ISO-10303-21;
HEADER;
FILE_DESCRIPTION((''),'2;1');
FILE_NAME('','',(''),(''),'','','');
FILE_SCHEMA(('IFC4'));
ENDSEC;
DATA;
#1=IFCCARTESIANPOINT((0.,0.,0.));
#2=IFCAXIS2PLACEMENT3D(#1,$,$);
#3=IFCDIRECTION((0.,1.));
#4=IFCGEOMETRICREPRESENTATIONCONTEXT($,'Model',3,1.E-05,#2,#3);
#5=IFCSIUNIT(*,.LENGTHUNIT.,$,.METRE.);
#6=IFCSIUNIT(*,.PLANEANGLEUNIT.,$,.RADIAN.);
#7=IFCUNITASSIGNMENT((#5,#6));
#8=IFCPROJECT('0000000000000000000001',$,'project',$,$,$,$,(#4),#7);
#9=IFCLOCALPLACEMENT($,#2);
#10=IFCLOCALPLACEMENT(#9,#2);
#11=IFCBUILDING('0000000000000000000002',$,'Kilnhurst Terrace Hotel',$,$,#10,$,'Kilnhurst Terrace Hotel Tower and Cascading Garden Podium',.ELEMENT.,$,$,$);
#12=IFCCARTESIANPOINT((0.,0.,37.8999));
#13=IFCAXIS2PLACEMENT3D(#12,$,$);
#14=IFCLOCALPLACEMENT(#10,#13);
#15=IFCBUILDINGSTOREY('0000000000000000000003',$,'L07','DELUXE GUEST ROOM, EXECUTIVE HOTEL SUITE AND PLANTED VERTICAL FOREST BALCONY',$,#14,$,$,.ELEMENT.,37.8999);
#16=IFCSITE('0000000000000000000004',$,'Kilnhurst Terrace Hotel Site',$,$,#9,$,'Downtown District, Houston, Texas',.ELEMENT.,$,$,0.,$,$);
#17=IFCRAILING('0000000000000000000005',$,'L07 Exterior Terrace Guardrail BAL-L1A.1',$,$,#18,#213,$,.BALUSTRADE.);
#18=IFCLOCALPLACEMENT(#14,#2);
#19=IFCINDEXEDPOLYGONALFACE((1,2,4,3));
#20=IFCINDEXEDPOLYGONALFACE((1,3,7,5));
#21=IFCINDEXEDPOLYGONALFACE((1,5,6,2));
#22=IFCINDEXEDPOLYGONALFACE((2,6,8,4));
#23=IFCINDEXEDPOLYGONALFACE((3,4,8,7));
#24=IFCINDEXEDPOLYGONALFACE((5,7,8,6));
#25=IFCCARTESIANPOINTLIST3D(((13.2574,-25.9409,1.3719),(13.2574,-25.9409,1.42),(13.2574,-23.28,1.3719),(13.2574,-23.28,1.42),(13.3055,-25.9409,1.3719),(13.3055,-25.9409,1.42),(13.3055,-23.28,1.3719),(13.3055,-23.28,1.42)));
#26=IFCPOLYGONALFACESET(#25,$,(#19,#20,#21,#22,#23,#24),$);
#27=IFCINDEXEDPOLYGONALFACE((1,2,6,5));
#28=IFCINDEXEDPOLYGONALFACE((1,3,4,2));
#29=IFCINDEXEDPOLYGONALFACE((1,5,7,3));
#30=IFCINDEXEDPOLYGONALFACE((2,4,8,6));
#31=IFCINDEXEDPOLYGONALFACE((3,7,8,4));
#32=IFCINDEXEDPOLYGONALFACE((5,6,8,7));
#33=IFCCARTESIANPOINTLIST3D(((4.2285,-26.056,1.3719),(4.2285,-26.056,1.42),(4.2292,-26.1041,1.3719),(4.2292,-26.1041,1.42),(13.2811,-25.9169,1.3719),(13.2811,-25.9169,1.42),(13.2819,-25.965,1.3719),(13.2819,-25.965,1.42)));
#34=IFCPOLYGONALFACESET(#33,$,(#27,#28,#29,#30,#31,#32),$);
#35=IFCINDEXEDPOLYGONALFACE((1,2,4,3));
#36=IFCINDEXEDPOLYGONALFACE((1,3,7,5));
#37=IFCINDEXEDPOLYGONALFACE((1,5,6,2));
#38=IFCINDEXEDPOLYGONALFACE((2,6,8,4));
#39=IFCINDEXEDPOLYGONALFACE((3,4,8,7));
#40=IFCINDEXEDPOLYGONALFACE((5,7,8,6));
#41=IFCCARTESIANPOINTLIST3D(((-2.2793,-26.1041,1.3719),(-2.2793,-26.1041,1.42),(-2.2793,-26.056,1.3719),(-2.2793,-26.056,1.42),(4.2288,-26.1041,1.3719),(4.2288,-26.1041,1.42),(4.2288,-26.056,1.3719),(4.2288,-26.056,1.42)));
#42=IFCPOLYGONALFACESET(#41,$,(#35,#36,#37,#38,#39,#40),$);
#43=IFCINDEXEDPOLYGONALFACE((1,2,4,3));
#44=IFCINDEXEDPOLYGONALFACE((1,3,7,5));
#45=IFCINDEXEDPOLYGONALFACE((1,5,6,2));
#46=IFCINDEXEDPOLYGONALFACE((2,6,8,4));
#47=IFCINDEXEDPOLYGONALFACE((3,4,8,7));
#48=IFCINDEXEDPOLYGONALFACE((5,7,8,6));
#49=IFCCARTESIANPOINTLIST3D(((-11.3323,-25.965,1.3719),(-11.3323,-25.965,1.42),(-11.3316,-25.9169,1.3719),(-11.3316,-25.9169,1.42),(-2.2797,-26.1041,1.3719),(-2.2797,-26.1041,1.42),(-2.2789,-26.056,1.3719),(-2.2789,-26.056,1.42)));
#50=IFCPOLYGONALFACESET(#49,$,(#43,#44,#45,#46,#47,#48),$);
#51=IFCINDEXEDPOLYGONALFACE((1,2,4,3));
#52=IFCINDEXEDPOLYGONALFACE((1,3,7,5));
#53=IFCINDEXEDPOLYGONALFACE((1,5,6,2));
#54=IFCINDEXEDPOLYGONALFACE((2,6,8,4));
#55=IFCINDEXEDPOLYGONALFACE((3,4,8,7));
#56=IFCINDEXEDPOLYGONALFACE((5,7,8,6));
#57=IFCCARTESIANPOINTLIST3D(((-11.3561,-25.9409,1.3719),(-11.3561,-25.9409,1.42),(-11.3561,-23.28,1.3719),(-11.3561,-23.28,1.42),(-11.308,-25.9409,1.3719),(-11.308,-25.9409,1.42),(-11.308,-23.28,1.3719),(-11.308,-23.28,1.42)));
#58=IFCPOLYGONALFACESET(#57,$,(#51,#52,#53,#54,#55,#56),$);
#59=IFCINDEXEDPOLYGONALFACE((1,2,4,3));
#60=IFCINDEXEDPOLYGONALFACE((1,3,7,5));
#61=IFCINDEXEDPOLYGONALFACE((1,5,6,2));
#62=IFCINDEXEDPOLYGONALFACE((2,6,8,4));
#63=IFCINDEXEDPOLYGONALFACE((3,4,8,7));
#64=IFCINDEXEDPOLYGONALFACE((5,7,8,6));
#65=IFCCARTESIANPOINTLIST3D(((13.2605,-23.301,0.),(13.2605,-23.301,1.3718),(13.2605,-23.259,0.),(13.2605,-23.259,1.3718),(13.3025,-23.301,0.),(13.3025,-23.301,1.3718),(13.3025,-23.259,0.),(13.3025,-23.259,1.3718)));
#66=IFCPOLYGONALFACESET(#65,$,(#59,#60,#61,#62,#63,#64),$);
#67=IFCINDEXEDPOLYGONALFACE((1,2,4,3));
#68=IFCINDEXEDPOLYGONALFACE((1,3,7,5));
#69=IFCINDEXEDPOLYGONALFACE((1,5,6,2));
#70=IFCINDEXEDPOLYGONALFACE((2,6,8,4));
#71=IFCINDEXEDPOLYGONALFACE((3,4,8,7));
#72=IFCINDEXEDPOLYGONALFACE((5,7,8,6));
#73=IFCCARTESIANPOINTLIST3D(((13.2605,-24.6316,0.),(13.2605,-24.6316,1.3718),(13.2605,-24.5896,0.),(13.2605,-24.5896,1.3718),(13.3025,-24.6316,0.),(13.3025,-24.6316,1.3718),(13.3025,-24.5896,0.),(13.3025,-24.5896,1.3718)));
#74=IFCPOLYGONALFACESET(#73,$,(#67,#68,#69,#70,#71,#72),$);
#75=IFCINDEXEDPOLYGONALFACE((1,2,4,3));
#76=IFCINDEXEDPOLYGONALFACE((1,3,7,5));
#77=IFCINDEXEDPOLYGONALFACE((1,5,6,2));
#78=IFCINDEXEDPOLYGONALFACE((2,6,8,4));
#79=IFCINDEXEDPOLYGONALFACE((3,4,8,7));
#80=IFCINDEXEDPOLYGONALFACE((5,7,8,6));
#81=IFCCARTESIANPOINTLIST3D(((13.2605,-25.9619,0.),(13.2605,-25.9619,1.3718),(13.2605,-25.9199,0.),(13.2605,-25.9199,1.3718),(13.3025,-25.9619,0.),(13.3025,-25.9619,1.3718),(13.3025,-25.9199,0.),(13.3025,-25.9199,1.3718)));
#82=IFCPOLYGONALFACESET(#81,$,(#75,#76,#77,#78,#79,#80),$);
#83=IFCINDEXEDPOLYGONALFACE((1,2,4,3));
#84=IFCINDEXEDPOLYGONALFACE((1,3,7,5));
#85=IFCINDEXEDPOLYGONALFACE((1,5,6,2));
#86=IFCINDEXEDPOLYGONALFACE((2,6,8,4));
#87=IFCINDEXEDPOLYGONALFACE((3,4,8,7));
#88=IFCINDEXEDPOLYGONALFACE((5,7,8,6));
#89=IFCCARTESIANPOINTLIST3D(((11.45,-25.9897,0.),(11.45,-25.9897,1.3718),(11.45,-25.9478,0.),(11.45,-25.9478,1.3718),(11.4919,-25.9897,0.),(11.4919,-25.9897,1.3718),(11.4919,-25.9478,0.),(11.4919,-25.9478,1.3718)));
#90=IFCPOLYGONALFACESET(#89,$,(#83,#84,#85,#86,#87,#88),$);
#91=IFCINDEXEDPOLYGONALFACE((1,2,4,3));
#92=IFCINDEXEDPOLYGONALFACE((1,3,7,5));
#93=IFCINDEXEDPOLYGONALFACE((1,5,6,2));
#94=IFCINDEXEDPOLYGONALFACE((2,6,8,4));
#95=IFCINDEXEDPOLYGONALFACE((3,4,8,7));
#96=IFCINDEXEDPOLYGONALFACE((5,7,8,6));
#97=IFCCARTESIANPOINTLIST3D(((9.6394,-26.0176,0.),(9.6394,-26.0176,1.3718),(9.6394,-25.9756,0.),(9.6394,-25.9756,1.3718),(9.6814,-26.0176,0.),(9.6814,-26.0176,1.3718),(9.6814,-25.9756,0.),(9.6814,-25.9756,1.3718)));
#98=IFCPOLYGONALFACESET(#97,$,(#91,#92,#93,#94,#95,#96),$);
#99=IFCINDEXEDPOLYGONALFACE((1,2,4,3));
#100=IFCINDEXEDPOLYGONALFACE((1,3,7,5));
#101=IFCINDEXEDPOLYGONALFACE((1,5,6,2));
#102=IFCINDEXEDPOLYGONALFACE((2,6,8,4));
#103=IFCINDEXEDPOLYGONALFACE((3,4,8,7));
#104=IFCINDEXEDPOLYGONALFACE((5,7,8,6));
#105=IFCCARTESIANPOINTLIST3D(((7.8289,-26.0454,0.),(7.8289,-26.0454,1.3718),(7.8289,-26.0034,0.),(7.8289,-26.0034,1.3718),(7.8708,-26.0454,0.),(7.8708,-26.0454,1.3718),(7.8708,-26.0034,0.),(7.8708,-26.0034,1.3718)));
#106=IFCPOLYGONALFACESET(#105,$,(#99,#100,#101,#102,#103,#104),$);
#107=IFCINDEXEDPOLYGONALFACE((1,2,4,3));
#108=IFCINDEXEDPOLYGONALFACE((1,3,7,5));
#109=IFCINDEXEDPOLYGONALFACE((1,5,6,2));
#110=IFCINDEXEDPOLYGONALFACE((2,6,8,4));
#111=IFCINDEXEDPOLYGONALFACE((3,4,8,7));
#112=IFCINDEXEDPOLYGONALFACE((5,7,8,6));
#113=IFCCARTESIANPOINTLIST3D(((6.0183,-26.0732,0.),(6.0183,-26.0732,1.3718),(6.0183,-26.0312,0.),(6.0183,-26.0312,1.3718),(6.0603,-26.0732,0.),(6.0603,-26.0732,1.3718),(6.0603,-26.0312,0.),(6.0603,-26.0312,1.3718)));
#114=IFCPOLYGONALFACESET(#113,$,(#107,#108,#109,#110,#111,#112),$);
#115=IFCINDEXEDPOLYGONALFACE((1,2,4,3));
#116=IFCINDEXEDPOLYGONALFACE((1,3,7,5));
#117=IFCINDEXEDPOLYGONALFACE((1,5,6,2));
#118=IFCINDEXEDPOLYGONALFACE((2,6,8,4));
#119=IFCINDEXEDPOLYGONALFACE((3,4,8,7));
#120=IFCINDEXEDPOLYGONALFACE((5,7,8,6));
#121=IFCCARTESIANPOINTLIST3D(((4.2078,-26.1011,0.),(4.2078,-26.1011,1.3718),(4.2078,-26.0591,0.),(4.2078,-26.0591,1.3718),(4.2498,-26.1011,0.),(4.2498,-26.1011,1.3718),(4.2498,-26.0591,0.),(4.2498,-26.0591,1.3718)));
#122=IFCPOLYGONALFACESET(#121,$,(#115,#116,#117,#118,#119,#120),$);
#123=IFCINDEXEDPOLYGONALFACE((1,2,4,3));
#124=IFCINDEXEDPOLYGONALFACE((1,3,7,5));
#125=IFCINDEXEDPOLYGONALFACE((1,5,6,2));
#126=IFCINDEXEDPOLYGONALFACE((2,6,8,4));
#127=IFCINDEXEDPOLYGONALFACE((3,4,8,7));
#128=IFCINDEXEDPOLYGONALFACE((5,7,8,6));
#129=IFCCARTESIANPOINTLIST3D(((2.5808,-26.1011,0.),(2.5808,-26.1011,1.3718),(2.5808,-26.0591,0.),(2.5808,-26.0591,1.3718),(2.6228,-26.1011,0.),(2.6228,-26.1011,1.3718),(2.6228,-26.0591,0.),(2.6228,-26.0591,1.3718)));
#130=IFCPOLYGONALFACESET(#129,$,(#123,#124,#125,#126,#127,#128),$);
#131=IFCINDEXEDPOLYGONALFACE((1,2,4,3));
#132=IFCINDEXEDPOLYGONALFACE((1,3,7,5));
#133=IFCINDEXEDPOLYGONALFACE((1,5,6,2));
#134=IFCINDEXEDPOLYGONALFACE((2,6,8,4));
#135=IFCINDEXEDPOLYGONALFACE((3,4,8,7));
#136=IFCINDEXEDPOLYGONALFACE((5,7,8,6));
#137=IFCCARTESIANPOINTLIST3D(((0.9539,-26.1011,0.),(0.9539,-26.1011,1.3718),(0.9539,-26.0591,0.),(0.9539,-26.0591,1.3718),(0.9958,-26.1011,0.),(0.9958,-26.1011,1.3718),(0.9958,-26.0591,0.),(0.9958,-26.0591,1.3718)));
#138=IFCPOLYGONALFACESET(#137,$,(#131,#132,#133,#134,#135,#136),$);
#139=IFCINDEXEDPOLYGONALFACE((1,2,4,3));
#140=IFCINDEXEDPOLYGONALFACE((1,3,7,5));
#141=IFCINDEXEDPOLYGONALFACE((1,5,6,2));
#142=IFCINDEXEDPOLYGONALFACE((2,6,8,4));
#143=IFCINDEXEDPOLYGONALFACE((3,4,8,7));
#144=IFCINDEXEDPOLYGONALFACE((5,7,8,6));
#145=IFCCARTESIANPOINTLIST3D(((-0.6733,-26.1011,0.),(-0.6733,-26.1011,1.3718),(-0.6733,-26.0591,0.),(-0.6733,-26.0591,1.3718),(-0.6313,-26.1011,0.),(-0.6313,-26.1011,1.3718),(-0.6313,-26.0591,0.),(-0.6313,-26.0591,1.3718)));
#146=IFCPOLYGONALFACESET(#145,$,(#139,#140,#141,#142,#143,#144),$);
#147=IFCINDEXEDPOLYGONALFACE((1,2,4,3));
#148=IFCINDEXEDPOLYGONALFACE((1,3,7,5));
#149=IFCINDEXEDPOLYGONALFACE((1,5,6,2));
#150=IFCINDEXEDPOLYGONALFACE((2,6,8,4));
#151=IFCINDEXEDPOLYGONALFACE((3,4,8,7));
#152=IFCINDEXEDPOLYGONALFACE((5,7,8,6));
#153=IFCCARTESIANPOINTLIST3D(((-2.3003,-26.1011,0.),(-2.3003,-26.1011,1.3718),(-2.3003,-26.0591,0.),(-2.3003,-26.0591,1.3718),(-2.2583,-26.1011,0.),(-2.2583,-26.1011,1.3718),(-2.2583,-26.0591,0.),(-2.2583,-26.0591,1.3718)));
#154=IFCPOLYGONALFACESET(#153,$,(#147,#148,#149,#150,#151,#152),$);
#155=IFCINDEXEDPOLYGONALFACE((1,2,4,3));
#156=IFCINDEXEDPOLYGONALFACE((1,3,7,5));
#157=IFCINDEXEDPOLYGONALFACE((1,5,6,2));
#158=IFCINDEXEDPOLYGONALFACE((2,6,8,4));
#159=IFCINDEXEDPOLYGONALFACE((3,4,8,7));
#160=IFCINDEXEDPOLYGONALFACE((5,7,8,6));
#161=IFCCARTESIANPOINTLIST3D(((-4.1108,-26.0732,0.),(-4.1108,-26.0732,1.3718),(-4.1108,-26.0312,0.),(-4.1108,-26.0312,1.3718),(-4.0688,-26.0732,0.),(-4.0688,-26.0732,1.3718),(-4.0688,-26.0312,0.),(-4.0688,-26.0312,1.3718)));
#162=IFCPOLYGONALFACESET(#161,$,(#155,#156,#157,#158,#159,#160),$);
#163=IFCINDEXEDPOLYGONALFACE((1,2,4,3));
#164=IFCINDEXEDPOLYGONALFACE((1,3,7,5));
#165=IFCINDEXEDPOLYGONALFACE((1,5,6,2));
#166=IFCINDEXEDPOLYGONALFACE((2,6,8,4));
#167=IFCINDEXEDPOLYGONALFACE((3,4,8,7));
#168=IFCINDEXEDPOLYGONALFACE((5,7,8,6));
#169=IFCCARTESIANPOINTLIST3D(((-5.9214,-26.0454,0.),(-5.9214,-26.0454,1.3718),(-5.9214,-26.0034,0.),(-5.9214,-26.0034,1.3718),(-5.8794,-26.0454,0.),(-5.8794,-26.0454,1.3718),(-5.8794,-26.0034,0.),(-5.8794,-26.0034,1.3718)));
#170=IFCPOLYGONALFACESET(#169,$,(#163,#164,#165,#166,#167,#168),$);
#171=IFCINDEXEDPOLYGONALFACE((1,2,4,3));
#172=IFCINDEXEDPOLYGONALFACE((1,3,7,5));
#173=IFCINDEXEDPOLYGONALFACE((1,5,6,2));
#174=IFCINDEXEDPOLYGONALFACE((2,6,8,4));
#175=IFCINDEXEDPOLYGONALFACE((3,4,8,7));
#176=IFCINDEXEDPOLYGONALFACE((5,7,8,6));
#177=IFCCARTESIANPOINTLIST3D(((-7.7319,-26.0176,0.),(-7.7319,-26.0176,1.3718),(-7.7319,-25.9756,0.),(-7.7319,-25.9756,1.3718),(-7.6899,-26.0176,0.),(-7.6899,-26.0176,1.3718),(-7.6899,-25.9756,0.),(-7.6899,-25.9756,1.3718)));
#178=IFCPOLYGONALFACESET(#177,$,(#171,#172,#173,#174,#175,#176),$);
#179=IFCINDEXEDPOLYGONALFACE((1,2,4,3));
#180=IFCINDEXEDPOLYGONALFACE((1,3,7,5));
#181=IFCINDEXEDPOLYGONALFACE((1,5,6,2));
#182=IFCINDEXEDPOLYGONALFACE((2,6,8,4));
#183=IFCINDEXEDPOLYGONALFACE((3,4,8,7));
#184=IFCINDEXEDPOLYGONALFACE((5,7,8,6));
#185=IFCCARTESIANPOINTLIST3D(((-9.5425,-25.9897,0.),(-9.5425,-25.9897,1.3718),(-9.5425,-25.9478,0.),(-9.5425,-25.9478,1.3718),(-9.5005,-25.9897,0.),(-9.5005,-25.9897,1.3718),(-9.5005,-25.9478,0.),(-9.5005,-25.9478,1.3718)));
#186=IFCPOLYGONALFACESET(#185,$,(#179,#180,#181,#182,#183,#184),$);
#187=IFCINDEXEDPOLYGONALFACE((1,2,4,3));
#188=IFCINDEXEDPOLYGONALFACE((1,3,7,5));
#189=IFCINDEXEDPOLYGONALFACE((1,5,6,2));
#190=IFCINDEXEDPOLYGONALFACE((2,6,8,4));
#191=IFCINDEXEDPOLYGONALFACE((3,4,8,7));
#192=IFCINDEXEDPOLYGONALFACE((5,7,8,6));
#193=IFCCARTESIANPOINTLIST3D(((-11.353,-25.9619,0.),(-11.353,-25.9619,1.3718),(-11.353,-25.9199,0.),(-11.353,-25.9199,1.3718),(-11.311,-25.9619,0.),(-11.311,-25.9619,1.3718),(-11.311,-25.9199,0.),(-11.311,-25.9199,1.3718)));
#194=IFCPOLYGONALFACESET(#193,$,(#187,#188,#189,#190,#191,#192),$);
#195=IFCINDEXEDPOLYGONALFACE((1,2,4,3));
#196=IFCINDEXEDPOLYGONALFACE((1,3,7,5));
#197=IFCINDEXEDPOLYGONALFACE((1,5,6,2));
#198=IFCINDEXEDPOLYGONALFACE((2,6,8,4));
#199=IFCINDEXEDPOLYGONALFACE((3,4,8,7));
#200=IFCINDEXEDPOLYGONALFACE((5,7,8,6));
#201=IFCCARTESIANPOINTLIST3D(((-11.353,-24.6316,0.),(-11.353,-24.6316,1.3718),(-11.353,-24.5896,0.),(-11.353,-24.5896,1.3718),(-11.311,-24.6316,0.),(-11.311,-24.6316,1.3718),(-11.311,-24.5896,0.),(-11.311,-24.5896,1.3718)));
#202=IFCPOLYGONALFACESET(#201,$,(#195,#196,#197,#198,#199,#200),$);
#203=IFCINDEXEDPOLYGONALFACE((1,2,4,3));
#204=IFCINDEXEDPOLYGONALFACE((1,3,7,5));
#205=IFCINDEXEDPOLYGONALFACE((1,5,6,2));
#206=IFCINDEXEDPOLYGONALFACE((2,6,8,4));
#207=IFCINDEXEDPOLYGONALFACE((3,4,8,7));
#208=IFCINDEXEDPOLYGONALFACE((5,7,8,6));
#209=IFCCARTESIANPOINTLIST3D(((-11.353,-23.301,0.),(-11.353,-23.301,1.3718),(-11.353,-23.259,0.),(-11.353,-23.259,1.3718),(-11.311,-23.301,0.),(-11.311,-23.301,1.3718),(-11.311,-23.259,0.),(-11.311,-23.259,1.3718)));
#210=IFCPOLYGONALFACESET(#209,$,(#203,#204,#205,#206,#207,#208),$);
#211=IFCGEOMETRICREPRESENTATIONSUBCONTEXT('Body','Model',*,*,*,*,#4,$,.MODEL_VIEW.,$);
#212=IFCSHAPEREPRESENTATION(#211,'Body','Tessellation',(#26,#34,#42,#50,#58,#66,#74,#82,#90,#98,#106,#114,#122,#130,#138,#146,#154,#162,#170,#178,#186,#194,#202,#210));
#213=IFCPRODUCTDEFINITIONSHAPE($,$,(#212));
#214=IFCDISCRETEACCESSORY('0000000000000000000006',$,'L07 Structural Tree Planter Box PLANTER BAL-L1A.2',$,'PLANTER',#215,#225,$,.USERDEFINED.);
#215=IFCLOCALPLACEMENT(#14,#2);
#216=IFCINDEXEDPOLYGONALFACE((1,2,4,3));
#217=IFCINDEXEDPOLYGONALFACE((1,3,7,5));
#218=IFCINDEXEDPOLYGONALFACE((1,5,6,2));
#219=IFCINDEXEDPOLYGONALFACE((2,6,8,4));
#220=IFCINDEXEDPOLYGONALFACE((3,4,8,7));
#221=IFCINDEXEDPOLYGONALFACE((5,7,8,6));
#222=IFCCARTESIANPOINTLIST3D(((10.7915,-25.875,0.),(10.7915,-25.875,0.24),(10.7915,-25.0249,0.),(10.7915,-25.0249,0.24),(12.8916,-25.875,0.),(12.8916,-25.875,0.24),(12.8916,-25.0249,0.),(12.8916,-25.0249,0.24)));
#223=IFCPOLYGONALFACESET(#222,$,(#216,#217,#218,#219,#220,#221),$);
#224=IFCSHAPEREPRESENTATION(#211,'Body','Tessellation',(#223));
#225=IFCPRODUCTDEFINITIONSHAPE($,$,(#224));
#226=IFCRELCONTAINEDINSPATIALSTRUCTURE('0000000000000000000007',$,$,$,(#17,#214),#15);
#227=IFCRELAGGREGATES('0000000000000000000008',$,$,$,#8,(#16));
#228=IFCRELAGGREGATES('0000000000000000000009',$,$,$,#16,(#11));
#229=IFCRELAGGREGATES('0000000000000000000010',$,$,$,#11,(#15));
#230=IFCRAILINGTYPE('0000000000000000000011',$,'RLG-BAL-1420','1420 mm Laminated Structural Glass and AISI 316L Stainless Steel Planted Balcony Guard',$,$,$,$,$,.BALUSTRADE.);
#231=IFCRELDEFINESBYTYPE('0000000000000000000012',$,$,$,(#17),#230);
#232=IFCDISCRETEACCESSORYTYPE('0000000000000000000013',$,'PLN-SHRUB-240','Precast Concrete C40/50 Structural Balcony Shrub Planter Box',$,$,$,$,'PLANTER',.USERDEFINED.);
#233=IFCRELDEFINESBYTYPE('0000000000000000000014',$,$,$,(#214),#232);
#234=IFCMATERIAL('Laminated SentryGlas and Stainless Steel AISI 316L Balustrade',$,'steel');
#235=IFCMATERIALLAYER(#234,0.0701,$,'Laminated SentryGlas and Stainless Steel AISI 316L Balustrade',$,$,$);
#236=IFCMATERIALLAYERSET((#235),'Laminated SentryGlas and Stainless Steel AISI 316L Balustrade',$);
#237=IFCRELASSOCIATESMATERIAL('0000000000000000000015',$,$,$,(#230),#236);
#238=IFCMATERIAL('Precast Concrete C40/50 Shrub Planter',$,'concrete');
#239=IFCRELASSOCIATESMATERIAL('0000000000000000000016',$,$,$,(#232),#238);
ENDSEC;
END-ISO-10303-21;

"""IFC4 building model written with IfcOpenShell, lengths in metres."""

from ifc_helpers import new_model, si_unit, direction, frame, origin, origin_2d, place, context, subcontext, project, spatial, rectangle, extrude, material, layer, layer_set, type_object, element, save


model = new_model("IFC4")

# Units and contexts
model_context = context("Model", 3, precision=1e-05, world=origin(), true_north=direction((0.0, 1.0)))
body_context = subcontext(model_context, "Body", "Model", "MODEL_VIEW")
ifc_project = project(units=[si_unit("LENGTHUNIT", "METRE"), si_unit("PLANEANGLEUNIT", "RADIAN")], contexts=[model_context])

# Site, building, storey
site_placement = place(None, origin())
site = spatial("IfcSite", under=ifc_project, at=site_placement, Name="Kilnhurst Terrace Hotel Site", LongName="Downtown District, Houston, Texas", CompositionType="ELEMENT", RefElevation=0.0)
building_placement = place(site_placement, origin())
building = spatial("IfcBuilding", under=site, at=building_placement, Name="Kilnhurst Terrace Hotel", LongName="Kilnhurst Terrace Hotel Tower and Cascading Garden Podium", CompositionType="ELEMENT")
storey_placement = place(building_placement, frame((0.0, 0.0, 37.8999)))
storey = spatial("IfcBuildingStorey", under=building, at=storey_placement, Name="L07", Description="DELUXE GUEST ROOM, EXECUTIVE HOTEL SUITE AND PLANTED VERTICAL FOREST BALCONY", CompositionType="ELEMENT", Elevation=37.8999)

# Railing
ifc_material_1 = material(Name="Laminated SentryGlas and Stainless Steel AISI 316L Balustrade", Category="steel")
ifc_layer_1 = layer(ifc_material_1, 0.0701, Name="Laminated SentryGlas and Stainless Steel AISI 316L Balustrade")
ifc_layer_set_1 = layer_set([ifc_layer_1], Name="Laminated SentryGlas and Stainless Steel AISI 316L Balustrade")
railing_type = type_object("IfcRailingType", Name="RLG-BAL-1420", Description="1420 mm Laminated Structural Glass and AISI 316L Stainless Steel Planted Balcony Guard", PredefinedType="BALUSTRADE", material=ifc_layer_set_1)
railing_placement = place(storey_placement, frame((13.2815, -23.28, 0.0)))
element("IfcRailing", 1, at=railing_placement, inside=storey, type_object=railing_type, Name="L07 Exterior Terrace Guardrail BAL-L1A.1", PredefinedType="BALUSTRADE", context=body_context, shape_type="SweptSolid", body=[
    extrude(rectangle(XDim=0.0481, YDim=0.0481, at=origin_2d()), frame((0.0, 0.0, 1.396), z_axis=(0.0, -1.0, 0.0), x_axis=(1.0, 0.0, 0.0)), (0.0, 0.0, 1.0), 2.6609),
    extrude(rectangle(XDim=0.0481, YDim=0.0481, at=origin_2d()), frame((0.0, -2.6609, 1.396), z_axis=(-0.999882, -0.01537, 0.0), x_axis=(0.01537, -0.999882, 0.0)), (0.0, 0.0, 1.0), 9.0537),
    extrude(rectangle(XDim=0.0481, YDim=0.0481, at=origin_2d()), frame((-9.0527, -2.8, 1.396), z_axis=(-1.0, 0.0, 0.0), x_axis=(0.0, -1.0, 0.0)), (0.0, 0.0, 1.0), 6.5081),
    extrude(rectangle(XDim=0.0481, YDim=0.0481, at=origin_2d()), frame((-15.5608, -2.8, 1.396), z_axis=(-0.999882, 0.01537, 0.0), x_axis=(-0.01537, -0.999882, 0.0)), (0.0, 0.0, 1.0), 9.0537),
    extrude(rectangle(XDim=0.0481, YDim=0.0481, at=origin_2d()), frame((-24.6135, -2.6609, 1.396), z_axis=(0.0, 1.0, 0.0), x_axis=(-1.0, 0.0, 0.0)), (0.0, 0.0, 1.0), 2.6609),
    extrude(rectangle(XDim=0.042, YDim=0.042, at=origin_2d()), origin(), (0.0, 0.0, 1.0), 1.3718),
    extrude(rectangle(XDim=0.042, YDim=0.042, at=origin_2d()), frame((0.0, -1.3306, 0.0)), (0.0, 0.0, 1.0), 1.3718),
    extrude(rectangle(XDim=0.042, YDim=0.042, at=origin_2d()), frame((0.0, -2.6609, 0.0)), (0.0, 0.0, 1.0), 1.3718),
    extrude(rectangle(XDim=0.042, YDim=0.042, at=origin_2d()), frame((-1.8105, -2.6887, 0.0)), (0.0, 0.0, 1.0), 1.3718),
    extrude(rectangle(XDim=0.042, YDim=0.042, at=origin_2d()), frame((-3.6211, -2.7166, 0.0)), (0.0, 0.0, 1.0), 1.3718),
    extrude(rectangle(XDim=0.042, YDim=0.042, at=origin_2d()), frame((-5.4316, -2.7444, 0.0)), (0.0, 0.0, 1.0), 1.3718),
    extrude(rectangle(XDim=0.042, YDim=0.042, at=origin_2d()), frame((-7.2422, -2.7722, 0.0)), (0.0, 0.0, 1.0), 1.3718),
    extrude(rectangle(XDim=0.042, YDim=0.042, at=origin_2d()), frame((-9.0527, -2.8, 0.0)), (0.0, 0.0, 1.0), 1.3718),
    extrude(rectangle(XDim=0.042, YDim=0.042, at=origin_2d()), frame((-10.6797, -2.8, 0.0)), (0.0, 0.0, 1.0), 1.3718),
    extrude(rectangle(XDim=0.042, YDim=0.042, at=origin_2d()), frame((-12.3066, -2.8, 0.0)), (0.0, 0.0, 1.0), 1.3718),
    extrude(rectangle(XDim=0.042, YDim=0.042, at=origin_2d()), frame((-13.9338, -2.8, 0.0)), (0.0, 0.0, 1.0), 1.3718),
    extrude(rectangle(XDim=0.042, YDim=0.042, at=origin_2d()), frame((-15.5608, -2.8, 0.0)), (0.0, 0.0, 1.0), 1.3718),
    extrude(rectangle(XDim=0.042, YDim=0.042, at=origin_2d()), frame((-17.3713, -2.7722, 0.0)), (0.0, 0.0, 1.0), 1.3718),
    extrude(rectangle(XDim=0.042, YDim=0.042, at=origin_2d()), frame((-19.1819, -2.7444, 0.0)), (0.0, 0.0, 1.0), 1.3718),
    extrude(rectangle(XDim=0.042, YDim=0.042, at=origin_2d()), frame((-20.9924, -2.7166, 0.0)), (0.0, 0.0, 1.0), 1.3718),
    extrude(rectangle(XDim=0.042, YDim=0.042, at=origin_2d()), frame((-22.803, -2.6887, 0.0)), (0.0, 0.0, 1.0), 1.3718),
    extrude(rectangle(XDim=0.042, YDim=0.042, at=origin_2d()), frame((-24.6135, -2.6609, 0.0)), (0.0, 0.0, 1.0), 1.3718),
    extrude(rectangle(XDim=0.042, YDim=0.042, at=origin_2d()), frame((-24.6135, -1.3306, 0.0)), (0.0, 0.0, 1.0), 1.3718),
    extrude(rectangle(XDim=0.042, YDim=0.042, at=origin_2d()), frame((-24.6135, 0.0, 0.0)), (0.0, 0.0, 1.0), 1.3718),
])

# Discrete accessory
ifc_material_2 = material(Name="Precast Concrete C40/50 Shrub Planter", Category="concrete")
discrete_accessory_type_1 = type_object("IfcDiscreteAccessoryType", Name="PLN-SHRUB-240", Description="Precast Concrete C40/50 Structural Balcony Shrub Planter Box", ElementType="PLANTER", PredefinedType="USERDEFINED", material=ifc_material_2)
discrete_accessory_1_placement = place(storey_placement, frame((11.8416, -25.45, 0.0), z_axis=(0.0, 0.0, 1.0), x_axis=(1.0, 0.0, 0.0)))
element("IfcDiscreteAccessory", 2, at=discrete_accessory_1_placement, inside=storey, type_object=discrete_accessory_type_1, Name="L07 Structural Tree Planter Box PLANTER BAL-L1A.2", ObjectType="PLANTER", PredefinedType="USERDEFINED", context=body_context, shape_type="SweptSolid", body=[
    extrude(rectangle(XDim=2.1001, YDim=0.8501, at=origin_2d()), origin(), (0.0, 0.0, 1.0), 0.24),
])

save(model, "model.ifc")
